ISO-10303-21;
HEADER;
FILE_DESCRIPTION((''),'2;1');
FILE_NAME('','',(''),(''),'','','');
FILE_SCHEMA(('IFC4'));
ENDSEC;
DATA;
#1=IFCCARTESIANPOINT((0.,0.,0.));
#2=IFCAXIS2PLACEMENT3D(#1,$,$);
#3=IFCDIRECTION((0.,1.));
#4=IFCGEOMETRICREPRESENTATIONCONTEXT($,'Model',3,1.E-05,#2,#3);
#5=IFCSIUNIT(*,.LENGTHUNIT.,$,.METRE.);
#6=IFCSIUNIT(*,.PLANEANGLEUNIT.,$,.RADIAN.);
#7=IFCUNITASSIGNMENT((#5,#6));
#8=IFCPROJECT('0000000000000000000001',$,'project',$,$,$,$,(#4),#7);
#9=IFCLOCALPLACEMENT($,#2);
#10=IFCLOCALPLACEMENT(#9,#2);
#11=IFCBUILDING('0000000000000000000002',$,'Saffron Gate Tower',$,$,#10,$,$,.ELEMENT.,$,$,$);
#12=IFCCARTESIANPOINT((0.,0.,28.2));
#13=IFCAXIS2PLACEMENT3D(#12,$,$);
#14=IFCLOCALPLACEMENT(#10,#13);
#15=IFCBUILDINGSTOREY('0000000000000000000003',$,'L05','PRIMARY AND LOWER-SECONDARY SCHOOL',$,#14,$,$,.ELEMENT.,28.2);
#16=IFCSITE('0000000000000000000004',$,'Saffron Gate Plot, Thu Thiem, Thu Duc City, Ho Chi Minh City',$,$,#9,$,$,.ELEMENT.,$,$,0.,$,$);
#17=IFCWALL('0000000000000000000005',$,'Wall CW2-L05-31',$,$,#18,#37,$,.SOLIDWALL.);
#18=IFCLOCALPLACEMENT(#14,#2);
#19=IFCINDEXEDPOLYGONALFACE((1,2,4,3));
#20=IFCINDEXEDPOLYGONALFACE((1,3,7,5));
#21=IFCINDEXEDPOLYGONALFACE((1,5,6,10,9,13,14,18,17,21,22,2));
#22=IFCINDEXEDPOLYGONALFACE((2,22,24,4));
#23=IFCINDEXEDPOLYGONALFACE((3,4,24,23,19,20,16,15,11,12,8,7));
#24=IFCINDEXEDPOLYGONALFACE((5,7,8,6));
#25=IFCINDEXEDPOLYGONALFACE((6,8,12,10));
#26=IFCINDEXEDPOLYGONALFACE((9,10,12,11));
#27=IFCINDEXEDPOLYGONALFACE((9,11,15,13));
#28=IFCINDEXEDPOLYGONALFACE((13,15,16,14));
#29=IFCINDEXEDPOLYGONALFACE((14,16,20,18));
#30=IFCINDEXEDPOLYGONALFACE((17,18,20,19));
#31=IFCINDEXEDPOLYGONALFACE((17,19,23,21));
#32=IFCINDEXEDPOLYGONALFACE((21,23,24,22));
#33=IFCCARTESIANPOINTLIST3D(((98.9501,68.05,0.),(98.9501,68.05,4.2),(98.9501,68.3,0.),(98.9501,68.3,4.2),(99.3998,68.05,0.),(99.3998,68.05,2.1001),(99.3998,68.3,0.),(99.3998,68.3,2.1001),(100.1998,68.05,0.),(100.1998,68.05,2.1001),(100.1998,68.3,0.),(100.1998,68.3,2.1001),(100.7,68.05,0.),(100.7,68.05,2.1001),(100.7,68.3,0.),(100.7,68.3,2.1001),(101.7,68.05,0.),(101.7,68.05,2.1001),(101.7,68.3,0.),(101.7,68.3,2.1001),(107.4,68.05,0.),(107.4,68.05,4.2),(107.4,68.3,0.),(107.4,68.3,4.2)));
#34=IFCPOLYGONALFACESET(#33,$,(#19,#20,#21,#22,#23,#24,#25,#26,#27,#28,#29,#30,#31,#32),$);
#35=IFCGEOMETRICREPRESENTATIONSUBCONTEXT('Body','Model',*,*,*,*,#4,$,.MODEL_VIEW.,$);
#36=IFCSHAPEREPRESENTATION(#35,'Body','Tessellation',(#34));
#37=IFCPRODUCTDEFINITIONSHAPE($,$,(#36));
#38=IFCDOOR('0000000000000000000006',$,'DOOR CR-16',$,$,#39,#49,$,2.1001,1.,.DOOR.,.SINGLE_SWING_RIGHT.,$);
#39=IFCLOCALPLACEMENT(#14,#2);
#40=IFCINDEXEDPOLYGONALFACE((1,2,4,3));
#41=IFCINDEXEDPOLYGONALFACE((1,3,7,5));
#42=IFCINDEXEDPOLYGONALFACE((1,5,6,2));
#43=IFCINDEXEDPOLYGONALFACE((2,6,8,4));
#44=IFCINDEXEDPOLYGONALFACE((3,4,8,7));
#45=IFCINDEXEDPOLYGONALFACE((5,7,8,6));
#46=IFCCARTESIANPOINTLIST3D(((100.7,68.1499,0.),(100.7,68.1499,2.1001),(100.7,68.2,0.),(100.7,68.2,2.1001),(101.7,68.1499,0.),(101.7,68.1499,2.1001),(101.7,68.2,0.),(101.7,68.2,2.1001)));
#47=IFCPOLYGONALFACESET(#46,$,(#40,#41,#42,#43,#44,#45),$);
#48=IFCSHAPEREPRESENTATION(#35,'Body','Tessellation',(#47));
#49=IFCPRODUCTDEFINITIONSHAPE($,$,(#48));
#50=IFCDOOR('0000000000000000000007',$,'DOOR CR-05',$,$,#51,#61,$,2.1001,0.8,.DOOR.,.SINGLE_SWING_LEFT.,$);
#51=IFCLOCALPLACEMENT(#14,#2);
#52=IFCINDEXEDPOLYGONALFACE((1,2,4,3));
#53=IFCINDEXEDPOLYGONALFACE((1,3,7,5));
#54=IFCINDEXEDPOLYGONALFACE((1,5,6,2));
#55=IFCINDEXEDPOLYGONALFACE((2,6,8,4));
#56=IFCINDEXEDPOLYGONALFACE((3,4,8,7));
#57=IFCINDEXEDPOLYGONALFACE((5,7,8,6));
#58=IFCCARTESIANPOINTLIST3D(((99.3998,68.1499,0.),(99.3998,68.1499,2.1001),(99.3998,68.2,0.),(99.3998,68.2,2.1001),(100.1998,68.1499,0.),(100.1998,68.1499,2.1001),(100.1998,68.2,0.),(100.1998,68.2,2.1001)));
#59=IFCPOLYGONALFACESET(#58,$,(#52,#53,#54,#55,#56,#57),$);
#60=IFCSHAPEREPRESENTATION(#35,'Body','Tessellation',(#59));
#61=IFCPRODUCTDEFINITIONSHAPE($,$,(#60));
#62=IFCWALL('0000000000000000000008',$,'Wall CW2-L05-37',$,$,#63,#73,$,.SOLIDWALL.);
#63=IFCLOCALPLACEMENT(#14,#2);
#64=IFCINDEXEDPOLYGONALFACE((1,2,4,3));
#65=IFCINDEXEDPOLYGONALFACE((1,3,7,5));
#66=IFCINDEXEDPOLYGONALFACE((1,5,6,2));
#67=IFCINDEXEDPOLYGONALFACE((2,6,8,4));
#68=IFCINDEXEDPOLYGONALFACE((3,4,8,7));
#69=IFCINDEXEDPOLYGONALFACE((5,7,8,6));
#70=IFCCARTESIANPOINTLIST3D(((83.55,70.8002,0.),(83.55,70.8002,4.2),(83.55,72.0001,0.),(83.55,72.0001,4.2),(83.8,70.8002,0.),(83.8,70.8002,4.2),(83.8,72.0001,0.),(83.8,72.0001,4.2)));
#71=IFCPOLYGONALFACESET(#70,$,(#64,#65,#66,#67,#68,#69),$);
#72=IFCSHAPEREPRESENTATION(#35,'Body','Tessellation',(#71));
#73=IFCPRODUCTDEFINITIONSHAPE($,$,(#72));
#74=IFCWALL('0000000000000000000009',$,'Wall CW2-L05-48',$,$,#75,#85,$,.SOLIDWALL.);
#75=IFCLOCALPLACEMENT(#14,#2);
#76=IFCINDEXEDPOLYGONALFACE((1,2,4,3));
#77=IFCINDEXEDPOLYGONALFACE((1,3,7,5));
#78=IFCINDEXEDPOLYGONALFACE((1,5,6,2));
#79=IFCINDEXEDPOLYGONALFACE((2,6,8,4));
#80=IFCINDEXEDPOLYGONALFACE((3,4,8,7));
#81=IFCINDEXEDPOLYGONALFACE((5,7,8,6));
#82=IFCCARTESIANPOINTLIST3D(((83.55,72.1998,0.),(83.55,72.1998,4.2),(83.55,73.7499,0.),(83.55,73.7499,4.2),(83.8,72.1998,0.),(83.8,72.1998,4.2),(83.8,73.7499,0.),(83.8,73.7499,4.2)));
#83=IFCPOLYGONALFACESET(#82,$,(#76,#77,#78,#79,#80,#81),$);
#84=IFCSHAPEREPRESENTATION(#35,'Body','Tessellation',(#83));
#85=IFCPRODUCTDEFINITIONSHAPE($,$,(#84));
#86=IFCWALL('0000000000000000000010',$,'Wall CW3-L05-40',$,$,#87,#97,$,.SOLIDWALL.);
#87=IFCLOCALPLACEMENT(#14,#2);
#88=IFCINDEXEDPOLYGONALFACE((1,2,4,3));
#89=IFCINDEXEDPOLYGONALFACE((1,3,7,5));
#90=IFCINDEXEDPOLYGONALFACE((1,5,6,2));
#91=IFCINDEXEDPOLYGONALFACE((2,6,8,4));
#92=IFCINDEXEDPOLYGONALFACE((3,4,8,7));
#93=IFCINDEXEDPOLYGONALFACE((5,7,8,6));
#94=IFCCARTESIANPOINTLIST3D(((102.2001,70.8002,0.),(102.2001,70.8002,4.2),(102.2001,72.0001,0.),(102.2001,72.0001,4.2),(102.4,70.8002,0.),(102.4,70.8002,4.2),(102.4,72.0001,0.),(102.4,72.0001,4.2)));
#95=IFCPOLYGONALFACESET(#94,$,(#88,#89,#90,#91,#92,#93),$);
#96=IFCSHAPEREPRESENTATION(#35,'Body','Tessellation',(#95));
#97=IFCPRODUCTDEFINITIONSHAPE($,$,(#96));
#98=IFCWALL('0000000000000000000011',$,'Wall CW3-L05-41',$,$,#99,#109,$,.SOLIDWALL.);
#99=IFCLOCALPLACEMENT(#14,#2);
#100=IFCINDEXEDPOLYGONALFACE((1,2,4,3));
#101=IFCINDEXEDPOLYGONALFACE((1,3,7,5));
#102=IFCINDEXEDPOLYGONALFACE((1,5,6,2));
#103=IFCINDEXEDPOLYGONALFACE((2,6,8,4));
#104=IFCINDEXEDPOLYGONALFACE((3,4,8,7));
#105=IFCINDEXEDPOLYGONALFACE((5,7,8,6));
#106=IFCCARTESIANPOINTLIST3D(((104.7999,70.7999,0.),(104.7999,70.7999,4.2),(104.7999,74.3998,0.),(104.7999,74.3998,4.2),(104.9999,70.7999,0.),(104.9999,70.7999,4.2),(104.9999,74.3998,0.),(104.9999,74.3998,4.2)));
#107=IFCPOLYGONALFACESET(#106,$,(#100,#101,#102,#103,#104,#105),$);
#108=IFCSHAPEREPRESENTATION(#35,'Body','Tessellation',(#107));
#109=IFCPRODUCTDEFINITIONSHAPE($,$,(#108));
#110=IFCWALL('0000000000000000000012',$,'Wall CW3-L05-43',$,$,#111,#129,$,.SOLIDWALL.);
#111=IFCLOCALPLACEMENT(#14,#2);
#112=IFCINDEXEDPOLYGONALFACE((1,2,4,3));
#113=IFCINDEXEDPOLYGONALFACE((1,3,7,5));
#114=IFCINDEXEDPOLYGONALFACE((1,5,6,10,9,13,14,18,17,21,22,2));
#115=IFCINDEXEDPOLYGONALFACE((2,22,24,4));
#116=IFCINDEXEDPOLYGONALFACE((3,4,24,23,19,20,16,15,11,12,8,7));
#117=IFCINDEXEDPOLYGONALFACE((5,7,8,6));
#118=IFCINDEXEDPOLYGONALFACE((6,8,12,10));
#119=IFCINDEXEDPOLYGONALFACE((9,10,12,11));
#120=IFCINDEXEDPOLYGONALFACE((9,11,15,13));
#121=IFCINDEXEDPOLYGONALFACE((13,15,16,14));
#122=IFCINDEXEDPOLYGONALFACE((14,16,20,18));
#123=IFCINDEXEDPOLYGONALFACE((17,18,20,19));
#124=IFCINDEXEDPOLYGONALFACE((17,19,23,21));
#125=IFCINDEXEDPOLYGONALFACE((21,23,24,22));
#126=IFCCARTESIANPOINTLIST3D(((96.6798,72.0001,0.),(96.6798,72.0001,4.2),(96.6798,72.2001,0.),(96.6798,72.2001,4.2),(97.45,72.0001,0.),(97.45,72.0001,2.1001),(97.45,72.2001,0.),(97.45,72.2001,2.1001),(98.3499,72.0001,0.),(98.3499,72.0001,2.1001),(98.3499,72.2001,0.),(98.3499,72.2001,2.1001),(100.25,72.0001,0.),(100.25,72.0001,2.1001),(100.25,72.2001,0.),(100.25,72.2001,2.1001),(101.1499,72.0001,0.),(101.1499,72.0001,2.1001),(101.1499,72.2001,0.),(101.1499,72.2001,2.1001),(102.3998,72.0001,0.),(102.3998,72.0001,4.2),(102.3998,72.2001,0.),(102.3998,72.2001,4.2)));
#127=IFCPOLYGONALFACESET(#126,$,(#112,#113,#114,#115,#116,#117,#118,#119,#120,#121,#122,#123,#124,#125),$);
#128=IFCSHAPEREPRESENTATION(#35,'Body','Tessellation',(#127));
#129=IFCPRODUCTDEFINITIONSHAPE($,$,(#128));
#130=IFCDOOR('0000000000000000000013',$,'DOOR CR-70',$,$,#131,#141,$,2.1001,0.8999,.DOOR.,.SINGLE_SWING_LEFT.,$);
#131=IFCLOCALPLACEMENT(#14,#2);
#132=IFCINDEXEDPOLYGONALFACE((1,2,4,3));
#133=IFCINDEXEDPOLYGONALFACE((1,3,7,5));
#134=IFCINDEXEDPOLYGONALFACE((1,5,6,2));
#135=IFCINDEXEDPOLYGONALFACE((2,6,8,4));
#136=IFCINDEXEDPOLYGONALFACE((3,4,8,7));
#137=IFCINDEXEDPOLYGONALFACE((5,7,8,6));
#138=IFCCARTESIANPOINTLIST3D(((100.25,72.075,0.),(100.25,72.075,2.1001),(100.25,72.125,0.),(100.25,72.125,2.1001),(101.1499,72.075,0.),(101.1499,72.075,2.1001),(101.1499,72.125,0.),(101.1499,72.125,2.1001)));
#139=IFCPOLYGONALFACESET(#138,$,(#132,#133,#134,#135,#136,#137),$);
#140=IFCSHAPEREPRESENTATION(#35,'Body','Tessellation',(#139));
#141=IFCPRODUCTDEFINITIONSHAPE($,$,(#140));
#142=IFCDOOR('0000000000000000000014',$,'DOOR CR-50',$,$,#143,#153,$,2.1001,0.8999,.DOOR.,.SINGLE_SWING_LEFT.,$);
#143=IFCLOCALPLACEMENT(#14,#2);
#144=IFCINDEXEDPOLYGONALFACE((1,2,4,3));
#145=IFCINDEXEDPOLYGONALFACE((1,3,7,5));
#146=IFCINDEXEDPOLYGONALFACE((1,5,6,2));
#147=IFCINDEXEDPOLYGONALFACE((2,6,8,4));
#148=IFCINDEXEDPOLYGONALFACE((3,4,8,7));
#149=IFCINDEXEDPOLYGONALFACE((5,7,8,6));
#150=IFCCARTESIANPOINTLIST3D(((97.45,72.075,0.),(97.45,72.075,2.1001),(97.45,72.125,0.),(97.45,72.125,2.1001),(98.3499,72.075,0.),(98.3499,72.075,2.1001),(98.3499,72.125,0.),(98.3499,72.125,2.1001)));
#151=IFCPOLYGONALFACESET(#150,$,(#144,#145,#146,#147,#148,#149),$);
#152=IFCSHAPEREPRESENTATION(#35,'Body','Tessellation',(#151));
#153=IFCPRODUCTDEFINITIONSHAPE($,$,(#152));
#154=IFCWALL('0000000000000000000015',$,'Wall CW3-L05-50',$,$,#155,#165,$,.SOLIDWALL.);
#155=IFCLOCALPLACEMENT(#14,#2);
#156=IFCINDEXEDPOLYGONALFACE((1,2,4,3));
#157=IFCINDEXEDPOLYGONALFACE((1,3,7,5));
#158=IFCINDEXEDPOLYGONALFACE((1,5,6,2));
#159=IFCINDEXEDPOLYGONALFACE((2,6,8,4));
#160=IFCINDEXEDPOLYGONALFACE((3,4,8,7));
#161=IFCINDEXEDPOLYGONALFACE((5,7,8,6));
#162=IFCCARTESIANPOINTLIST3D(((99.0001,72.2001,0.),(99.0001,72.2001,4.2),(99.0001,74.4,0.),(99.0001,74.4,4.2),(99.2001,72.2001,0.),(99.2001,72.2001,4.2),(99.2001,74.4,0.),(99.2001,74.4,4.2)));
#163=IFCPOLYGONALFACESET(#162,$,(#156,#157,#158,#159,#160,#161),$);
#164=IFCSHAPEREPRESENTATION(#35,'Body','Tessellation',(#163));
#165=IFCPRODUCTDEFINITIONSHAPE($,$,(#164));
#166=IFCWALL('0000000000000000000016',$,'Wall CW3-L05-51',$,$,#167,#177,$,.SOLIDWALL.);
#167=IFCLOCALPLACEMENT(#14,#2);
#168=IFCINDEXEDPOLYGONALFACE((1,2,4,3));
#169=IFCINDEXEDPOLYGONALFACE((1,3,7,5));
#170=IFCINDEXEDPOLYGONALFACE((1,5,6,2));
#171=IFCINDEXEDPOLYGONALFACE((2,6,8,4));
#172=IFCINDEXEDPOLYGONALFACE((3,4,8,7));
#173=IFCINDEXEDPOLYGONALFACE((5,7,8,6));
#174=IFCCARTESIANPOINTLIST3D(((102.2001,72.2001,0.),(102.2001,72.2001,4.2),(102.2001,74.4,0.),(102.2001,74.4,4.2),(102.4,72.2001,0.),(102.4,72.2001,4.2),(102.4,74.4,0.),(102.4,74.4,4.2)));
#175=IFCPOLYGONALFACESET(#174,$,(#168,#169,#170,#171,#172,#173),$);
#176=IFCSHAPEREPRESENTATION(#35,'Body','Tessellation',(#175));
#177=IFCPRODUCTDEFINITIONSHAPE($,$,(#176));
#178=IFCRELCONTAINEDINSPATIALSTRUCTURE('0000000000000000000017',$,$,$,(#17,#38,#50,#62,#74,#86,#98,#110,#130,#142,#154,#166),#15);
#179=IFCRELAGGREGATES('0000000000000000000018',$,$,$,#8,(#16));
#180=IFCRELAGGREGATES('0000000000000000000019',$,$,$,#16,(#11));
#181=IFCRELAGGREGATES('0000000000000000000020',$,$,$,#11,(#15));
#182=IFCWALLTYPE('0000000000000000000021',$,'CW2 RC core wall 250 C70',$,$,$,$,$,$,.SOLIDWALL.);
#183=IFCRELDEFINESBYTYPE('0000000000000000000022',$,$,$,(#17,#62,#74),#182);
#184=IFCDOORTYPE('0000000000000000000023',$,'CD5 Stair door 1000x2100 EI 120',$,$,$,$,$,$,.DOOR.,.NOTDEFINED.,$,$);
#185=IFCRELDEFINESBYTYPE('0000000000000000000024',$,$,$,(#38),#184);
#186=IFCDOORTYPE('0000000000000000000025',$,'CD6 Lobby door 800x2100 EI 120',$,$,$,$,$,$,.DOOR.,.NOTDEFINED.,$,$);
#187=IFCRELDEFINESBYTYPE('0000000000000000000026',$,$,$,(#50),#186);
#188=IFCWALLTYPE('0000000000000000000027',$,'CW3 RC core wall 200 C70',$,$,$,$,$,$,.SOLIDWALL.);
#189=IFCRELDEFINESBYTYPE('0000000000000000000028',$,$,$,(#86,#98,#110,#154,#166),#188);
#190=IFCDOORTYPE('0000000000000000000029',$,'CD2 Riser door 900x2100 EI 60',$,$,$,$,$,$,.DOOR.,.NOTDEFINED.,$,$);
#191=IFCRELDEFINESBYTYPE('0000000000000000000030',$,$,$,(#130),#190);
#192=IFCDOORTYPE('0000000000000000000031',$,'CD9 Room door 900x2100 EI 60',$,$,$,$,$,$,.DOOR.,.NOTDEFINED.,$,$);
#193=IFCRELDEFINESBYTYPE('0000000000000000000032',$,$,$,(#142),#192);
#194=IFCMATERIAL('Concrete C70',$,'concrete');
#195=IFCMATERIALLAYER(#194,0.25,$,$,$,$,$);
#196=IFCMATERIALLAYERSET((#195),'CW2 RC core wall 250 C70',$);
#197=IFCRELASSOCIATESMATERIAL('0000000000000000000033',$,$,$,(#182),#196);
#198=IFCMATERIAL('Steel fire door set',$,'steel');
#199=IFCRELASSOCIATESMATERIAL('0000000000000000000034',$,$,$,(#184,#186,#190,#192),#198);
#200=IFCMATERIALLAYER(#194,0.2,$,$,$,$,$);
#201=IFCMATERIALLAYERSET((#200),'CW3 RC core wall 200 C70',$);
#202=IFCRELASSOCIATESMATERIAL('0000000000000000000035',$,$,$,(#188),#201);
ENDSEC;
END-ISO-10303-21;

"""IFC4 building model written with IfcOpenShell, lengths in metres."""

from ifc_helpers import new_model, si_unit, direction, frame, frame_2d, origin, place, context, subcontext, project, spatial, rectangle, extrude, material, layer, layer_set, type_object, element, fill, save


model = new_model("IFC4")

# Units and contexts
model_context = context("Model", 3, precision=1e-05, world=origin(), true_north=direction((0.0, 1.0)))
body_context = subcontext(model_context, "Body", "Model", "MODEL_VIEW")
ifc_project = project(units=[si_unit("LENGTHUNIT", "METRE"), si_unit("PLANEANGLEUNIT", "RADIAN")], contexts=[model_context])

# Site, building, storey
site_placement = place(None, origin())
site = spatial("IfcSite", under=ifc_project, at=site_placement, Name="Saffron Gate Plot, Thu Thiem, Thu Duc City, Ho Chi Minh City", CompositionType="ELEMENT", RefElevation=0.0)
building_placement = place(site_placement, origin())
building = spatial("IfcBuilding", under=site, at=building_placement, Name="Saffron Gate Tower", CompositionType="ELEMENT")
storey_placement = place(building_placement, frame((0.0, 0.0, 28.2)))
storey = spatial("IfcBuildingStorey", under=building, at=storey_placement, Name="L05", Description="PRIMARY AND LOWER-SECONDARY SCHOOL", CompositionType="ELEMENT", Elevation=28.2)

# Wall, openings, doors
ifc_material_1 = material(Name="Concrete C70", Category="concrete")
ifc_layer_1 = layer(ifc_material_1, 0.25)
ifc_layer_set_1 = layer_set([ifc_layer_1], Name="CW2 RC core wall 250 C70")
wall_type_1 = type_object("IfcWallType", Name="CW2 RC core wall 250 C70", PredefinedType="SOLIDWALL", material=ifc_layer_set_1)
wall_1_placement = place(storey_placement, frame((98.95, 68.175, 0.0), z_axis=(0.0, 0.0, 1.0), x_axis=(1.0, 0.0, 0.0)))
wall_1 = element("IfcWall", 1, at=wall_1_placement, inside=storey, type_object=wall_type_1, Name="Wall CW2-L05-31", PredefinedType="SOLIDWALL", context=body_context, shape_type="SweptSolid", body=[
    extrude(rectangle(XDim=8.45, YDim=0.25, at=frame_2d((4.2251, 0.0))), origin(), (0.0, 0.0, 1.0), 4.2),
])
opening_1_placement = place(wall_1_placement, frame((0.45, 0.0, 0.0)))
opening_1 = element("IfcOpeningElement", 2, at=opening_1_placement, cuts=wall_1, PredefinedType="OPENING", context=body_context, shape_type="SweptSolid", body=[
    extrude(rectangle(XDim=0.8, YDim=2.1001, at=frame_2d((0.3999, 1.05))), frame((0.0, 0.135, 0.0), z_axis=(0.0, -1.0, 0.0), x_axis=(1.0, 0.0, 0.0)), (0.0, 0.0, 1.0), 0.27),
])
opening_2_placement = place(wall_1_placement, frame((1.75, 0.0, 0.0)))
opening_2 = element("IfcOpeningElement", 3, at=opening_2_placement, cuts=wall_1, PredefinedType="OPENING", context=body_context, shape_type="SweptSolid", body=[
    extrude(rectangle(XDim=1.0, YDim=2.1001, at=frame_2d((0.5, 1.05))), frame((0.0, 0.135, 0.0), z_axis=(0.0, -1.0, 0.0), x_axis=(1.0, 0.0, 0.0)), (0.0, 0.0, 1.0), 0.27),
])
ifc_material_2 = material(Name="Steel fire door set", Category="steel")
door_type_1 = type_object("IfcDoorType", Name="CD5 Stair door 1000x2100 EI 120", OperationType="NOTDEFINED", PredefinedType="DOOR", material=ifc_material_2)
door_1_placement = place(opening_2_placement, origin())
door_1 = element("IfcDoor", 4, at=door_1_placement, inside=storey, type_object=door_type_1, Name="DOOR CR-16", OperationType="SINGLE_SWING_RIGHT", OverallHeight=2.1001, OverallWidth=1.0, PredefinedType="DOOR", context=body_context, shape_type="SweptSolid", body=[
    extrude(rectangle(XDim=1.0, YDim=2.1001, at=frame_2d((0.5, 1.05))), frame((0.0, 0.0249, 0.0), z_axis=(0.0, -1.0, 0.0), x_axis=(1.0, 0.0, 0.0)), (0.0, 0.0, 1.0), 0.05),
])
fill(opening_2, door_1)
door_type_2 = type_object("IfcDoorType", Name="CD6 Lobby door 800x2100 EI 120", OperationType="NOTDEFINED", PredefinedType="DOOR", material=ifc_material_2)
door_2_placement = place(opening_1_placement, origin())
door_2 = element("IfcDoor", 5, at=door_2_placement, inside=storey, type_object=door_type_2, Name="DOOR CR-05", OperationType="SINGLE_SWING_LEFT", OverallHeight=2.1001, OverallWidth=0.8, PredefinedType="DOOR", context=body_context, shape_type="SweptSolid", body=[
    extrude(rectangle(XDim=0.8, YDim=2.1001, at=frame_2d((0.3999, 1.05))), frame((0.0, 0.0249, 0.0), z_axis=(0.0, -1.0, 0.0), x_axis=(1.0, 0.0, 0.0)), (0.0, 0.0, 1.0), 0.05),
])
fill(opening_1, door_2)

# Walls
wall_2_placement = place(storey_placement, frame((83.675, 70.8, 0.0), z_axis=(0.0, 0.0, 1.0), x_axis=(0.0, 1.0, 0.0)))
element("IfcWall", 6, at=wall_2_placement, inside=storey, type_object=wall_type_1, Name="Wall CW2-L05-37", PredefinedType="SOLIDWALL", context=body_context, shape_type="SweptSolid", body=[
    extrude(rectangle(XDim=1.2, YDim=0.25, at=frame_2d((0.6001, 0.0))), origin(), (0.0, 0.0, 1.0), 4.2),
])
wall_3_placement = place(storey_placement, frame((83.675, 72.2, 0.0), z_axis=(0.0, 0.0, 1.0), x_axis=(0.0, 1.0, 0.0)))
element("IfcWall", 7, at=wall_3_placement, inside=storey, type_object=wall_type_1, Name="Wall CW2-L05-48", PredefinedType="SOLIDWALL", context=body_context, shape_type="SweptSolid", body=[
    extrude(rectangle(XDim=1.55, YDim=0.25, at=frame_2d((0.7749, 0.0))), origin(), (0.0, 0.0, 1.0), 4.2),
])
ifc_layer_2 = layer(ifc_material_1, 0.2)
ifc_layer_set_2 = layer_set([ifc_layer_2], Name="CW3 RC core wall 200 C70")
wall_type_2 = type_object("IfcWallType", Name="CW3 RC core wall 200 C70", PredefinedType="SOLIDWALL", material=ifc_layer_set_2)
wall_4_placement = place(storey_placement, frame((102.3, 70.8, 0.0), z_axis=(0.0, 0.0, 1.0), x_axis=(0.0, 1.0, 0.0)))
element("IfcWall", 8, at=wall_4_placement, inside=storey, type_object=wall_type_2, Name="Wall CW3-L05-40", PredefinedType="SOLIDWALL", context=body_context, shape_type="SweptSolid", body=[
    extrude(rectangle(XDim=1.2, YDim=0.2, at=frame_2d((0.6001, 0.0))), origin(), (0.0, 0.0, 1.0), 4.2),
])
wall_5_placement = place(storey_placement, frame((104.8999, 70.8, 0.0), z_axis=(0.0, 0.0, 1.0), x_axis=(0.0, 1.0, 0.0)))
element("IfcWall", 9, at=wall_5_placement, inside=storey, type_object=wall_type_2, Name="Wall CW3-L05-41", PredefinedType="SOLIDWALL", context=body_context, shape_type="SweptSolid", body=[
    extrude(rectangle(XDim=3.5999, YDim=0.2, at=frame_2d((1.7998, 0.0))), origin(), (0.0, 0.0, 1.0), 4.2),
])

# Wall, openings, doors
wall_6_placement = place(storey_placement, frame((96.6799, 72.1001, 0.0), z_axis=(0.0, 0.0, 1.0), x_axis=(1.0, 0.0, 0.0)))
wall_6 = element("IfcWall", 10, at=wall_6_placement, inside=storey, type_object=wall_type_2, Name="Wall CW3-L05-43", PredefinedType="SOLIDWALL", context=body_context, shape_type="SweptSolid", body=[
    extrude(rectangle(XDim=5.72, YDim=0.2, at=frame_2d((2.8599, 0.0))), origin(), (0.0, 0.0, 1.0), 4.2),
])
opening_3_placement = place(wall_6_placement, frame((0.77, 0.0, 0.0)))
opening_3 = element("IfcOpeningElement", 11, at=opening_3_placement, cuts=wall_6, PredefinedType="OPENING", context=body_context, shape_type="SweptSolid", body=[
    extrude(rectangle(XDim=0.8999, YDim=2.1001, at=frame_2d((0.45, 1.05))), frame((0.0, 0.1099, 0.0), z_axis=(0.0, -1.0, 0.0), x_axis=(1.0, 0.0, 0.0)), (0.0, 0.0, 1.0), 0.22),
])
opening_4_placement = place(wall_6_placement, frame((3.5701, 0.0, 0.0)))
opening_4 = element("IfcOpeningElement", 12, at=opening_4_placement, cuts=wall_6, PredefinedType="OPENING", context=body_context, shape_type="SweptSolid", body=[
    extrude(rectangle(XDim=0.8999, YDim=2.1001, at=frame_2d((0.45, 1.05))), frame((0.0, 0.1099, 0.0), z_axis=(0.0, -1.0, 0.0), x_axis=(1.0, 0.0, 0.0)), (0.0, 0.0, 1.0), 0.22),
])
door_type_3 = type_object("IfcDoorType", Name="CD2 Riser door 900x2100 EI 60", OperationType="NOTDEFINED", PredefinedType="DOOR", material=ifc_material_2)
door_3_placement = place(opening_4_placement, origin())
door_3 = element("IfcDoor", 13, at=door_3_placement, inside=storey, type_object=door_type_3, Name="DOOR CR-70", OperationType="SINGLE_SWING_LEFT", OverallHeight=2.1001, OverallWidth=0.8999, PredefinedType="DOOR", context=body_context, shape_type="SweptSolid", body=[
    extrude(rectangle(XDim=0.8999, YDim=2.1001, at=frame_2d((0.45, 1.05))), frame((0.0, 0.0249, 0.0), z_axis=(0.0, -1.0, 0.0), x_axis=(1.0, 0.0, 0.0)), (0.0, 0.0, 1.0), 0.05),
])
fill(opening_4, door_3)
door_type_4 = type_object("IfcDoorType", Name="CD9 Room door 900x2100 EI 60", OperationType="NOTDEFINED", PredefinedType="DOOR", material=ifc_material_2)
door_4_placement = place(opening_3_placement, origin())
door_4 = element("IfcDoor", 14, at=door_4_placement, inside=storey, type_object=door_type_4, Name="DOOR CR-50", OperationType="SINGLE_SWING_LEFT", OverallHeight=2.1001, OverallWidth=0.8999, PredefinedType="DOOR", context=body_context, shape_type="SweptSolid", body=[
    extrude(rectangle(XDim=0.8999, YDim=2.1001, at=frame_2d((0.45, 1.05))), frame((0.0, 0.0249, 0.0), z_axis=(0.0, -1.0, 0.0), x_axis=(1.0, 0.0, 0.0)), (0.0, 0.0, 1.0), 0.05),
])
fill(opening_3, door_4)

# Walls
for number, where, z_axis, x_axis, name in (
    (15, (99.1001, 72.2, 0.0), (0.0, 0.0, 1.0), (0.0, 1.0, 0.0), "Wall CW3-L05-50"),
    (16, (102.3, 72.2, 0.0), (0.0, 0.0, 1.0), (0.0, 1.0, 0.0), "Wall CW3-L05-51"),
):
    element("IfcWall", number, at=place(storey_placement, frame(where, z_axis=z_axis, x_axis=x_axis)), inside=storey, type_object=wall_type_2, Name=name, PredefinedType="SOLIDWALL", context=body_context, shape_type="SweptSolid", body=[
        extrude(rectangle(XDim=2.2, YDim=0.2, at=frame_2d((1.1001, 0.0))), origin(), (0.0, 0.0, 1.0), 4.2),
    ])

save(model, "model.ifc")
